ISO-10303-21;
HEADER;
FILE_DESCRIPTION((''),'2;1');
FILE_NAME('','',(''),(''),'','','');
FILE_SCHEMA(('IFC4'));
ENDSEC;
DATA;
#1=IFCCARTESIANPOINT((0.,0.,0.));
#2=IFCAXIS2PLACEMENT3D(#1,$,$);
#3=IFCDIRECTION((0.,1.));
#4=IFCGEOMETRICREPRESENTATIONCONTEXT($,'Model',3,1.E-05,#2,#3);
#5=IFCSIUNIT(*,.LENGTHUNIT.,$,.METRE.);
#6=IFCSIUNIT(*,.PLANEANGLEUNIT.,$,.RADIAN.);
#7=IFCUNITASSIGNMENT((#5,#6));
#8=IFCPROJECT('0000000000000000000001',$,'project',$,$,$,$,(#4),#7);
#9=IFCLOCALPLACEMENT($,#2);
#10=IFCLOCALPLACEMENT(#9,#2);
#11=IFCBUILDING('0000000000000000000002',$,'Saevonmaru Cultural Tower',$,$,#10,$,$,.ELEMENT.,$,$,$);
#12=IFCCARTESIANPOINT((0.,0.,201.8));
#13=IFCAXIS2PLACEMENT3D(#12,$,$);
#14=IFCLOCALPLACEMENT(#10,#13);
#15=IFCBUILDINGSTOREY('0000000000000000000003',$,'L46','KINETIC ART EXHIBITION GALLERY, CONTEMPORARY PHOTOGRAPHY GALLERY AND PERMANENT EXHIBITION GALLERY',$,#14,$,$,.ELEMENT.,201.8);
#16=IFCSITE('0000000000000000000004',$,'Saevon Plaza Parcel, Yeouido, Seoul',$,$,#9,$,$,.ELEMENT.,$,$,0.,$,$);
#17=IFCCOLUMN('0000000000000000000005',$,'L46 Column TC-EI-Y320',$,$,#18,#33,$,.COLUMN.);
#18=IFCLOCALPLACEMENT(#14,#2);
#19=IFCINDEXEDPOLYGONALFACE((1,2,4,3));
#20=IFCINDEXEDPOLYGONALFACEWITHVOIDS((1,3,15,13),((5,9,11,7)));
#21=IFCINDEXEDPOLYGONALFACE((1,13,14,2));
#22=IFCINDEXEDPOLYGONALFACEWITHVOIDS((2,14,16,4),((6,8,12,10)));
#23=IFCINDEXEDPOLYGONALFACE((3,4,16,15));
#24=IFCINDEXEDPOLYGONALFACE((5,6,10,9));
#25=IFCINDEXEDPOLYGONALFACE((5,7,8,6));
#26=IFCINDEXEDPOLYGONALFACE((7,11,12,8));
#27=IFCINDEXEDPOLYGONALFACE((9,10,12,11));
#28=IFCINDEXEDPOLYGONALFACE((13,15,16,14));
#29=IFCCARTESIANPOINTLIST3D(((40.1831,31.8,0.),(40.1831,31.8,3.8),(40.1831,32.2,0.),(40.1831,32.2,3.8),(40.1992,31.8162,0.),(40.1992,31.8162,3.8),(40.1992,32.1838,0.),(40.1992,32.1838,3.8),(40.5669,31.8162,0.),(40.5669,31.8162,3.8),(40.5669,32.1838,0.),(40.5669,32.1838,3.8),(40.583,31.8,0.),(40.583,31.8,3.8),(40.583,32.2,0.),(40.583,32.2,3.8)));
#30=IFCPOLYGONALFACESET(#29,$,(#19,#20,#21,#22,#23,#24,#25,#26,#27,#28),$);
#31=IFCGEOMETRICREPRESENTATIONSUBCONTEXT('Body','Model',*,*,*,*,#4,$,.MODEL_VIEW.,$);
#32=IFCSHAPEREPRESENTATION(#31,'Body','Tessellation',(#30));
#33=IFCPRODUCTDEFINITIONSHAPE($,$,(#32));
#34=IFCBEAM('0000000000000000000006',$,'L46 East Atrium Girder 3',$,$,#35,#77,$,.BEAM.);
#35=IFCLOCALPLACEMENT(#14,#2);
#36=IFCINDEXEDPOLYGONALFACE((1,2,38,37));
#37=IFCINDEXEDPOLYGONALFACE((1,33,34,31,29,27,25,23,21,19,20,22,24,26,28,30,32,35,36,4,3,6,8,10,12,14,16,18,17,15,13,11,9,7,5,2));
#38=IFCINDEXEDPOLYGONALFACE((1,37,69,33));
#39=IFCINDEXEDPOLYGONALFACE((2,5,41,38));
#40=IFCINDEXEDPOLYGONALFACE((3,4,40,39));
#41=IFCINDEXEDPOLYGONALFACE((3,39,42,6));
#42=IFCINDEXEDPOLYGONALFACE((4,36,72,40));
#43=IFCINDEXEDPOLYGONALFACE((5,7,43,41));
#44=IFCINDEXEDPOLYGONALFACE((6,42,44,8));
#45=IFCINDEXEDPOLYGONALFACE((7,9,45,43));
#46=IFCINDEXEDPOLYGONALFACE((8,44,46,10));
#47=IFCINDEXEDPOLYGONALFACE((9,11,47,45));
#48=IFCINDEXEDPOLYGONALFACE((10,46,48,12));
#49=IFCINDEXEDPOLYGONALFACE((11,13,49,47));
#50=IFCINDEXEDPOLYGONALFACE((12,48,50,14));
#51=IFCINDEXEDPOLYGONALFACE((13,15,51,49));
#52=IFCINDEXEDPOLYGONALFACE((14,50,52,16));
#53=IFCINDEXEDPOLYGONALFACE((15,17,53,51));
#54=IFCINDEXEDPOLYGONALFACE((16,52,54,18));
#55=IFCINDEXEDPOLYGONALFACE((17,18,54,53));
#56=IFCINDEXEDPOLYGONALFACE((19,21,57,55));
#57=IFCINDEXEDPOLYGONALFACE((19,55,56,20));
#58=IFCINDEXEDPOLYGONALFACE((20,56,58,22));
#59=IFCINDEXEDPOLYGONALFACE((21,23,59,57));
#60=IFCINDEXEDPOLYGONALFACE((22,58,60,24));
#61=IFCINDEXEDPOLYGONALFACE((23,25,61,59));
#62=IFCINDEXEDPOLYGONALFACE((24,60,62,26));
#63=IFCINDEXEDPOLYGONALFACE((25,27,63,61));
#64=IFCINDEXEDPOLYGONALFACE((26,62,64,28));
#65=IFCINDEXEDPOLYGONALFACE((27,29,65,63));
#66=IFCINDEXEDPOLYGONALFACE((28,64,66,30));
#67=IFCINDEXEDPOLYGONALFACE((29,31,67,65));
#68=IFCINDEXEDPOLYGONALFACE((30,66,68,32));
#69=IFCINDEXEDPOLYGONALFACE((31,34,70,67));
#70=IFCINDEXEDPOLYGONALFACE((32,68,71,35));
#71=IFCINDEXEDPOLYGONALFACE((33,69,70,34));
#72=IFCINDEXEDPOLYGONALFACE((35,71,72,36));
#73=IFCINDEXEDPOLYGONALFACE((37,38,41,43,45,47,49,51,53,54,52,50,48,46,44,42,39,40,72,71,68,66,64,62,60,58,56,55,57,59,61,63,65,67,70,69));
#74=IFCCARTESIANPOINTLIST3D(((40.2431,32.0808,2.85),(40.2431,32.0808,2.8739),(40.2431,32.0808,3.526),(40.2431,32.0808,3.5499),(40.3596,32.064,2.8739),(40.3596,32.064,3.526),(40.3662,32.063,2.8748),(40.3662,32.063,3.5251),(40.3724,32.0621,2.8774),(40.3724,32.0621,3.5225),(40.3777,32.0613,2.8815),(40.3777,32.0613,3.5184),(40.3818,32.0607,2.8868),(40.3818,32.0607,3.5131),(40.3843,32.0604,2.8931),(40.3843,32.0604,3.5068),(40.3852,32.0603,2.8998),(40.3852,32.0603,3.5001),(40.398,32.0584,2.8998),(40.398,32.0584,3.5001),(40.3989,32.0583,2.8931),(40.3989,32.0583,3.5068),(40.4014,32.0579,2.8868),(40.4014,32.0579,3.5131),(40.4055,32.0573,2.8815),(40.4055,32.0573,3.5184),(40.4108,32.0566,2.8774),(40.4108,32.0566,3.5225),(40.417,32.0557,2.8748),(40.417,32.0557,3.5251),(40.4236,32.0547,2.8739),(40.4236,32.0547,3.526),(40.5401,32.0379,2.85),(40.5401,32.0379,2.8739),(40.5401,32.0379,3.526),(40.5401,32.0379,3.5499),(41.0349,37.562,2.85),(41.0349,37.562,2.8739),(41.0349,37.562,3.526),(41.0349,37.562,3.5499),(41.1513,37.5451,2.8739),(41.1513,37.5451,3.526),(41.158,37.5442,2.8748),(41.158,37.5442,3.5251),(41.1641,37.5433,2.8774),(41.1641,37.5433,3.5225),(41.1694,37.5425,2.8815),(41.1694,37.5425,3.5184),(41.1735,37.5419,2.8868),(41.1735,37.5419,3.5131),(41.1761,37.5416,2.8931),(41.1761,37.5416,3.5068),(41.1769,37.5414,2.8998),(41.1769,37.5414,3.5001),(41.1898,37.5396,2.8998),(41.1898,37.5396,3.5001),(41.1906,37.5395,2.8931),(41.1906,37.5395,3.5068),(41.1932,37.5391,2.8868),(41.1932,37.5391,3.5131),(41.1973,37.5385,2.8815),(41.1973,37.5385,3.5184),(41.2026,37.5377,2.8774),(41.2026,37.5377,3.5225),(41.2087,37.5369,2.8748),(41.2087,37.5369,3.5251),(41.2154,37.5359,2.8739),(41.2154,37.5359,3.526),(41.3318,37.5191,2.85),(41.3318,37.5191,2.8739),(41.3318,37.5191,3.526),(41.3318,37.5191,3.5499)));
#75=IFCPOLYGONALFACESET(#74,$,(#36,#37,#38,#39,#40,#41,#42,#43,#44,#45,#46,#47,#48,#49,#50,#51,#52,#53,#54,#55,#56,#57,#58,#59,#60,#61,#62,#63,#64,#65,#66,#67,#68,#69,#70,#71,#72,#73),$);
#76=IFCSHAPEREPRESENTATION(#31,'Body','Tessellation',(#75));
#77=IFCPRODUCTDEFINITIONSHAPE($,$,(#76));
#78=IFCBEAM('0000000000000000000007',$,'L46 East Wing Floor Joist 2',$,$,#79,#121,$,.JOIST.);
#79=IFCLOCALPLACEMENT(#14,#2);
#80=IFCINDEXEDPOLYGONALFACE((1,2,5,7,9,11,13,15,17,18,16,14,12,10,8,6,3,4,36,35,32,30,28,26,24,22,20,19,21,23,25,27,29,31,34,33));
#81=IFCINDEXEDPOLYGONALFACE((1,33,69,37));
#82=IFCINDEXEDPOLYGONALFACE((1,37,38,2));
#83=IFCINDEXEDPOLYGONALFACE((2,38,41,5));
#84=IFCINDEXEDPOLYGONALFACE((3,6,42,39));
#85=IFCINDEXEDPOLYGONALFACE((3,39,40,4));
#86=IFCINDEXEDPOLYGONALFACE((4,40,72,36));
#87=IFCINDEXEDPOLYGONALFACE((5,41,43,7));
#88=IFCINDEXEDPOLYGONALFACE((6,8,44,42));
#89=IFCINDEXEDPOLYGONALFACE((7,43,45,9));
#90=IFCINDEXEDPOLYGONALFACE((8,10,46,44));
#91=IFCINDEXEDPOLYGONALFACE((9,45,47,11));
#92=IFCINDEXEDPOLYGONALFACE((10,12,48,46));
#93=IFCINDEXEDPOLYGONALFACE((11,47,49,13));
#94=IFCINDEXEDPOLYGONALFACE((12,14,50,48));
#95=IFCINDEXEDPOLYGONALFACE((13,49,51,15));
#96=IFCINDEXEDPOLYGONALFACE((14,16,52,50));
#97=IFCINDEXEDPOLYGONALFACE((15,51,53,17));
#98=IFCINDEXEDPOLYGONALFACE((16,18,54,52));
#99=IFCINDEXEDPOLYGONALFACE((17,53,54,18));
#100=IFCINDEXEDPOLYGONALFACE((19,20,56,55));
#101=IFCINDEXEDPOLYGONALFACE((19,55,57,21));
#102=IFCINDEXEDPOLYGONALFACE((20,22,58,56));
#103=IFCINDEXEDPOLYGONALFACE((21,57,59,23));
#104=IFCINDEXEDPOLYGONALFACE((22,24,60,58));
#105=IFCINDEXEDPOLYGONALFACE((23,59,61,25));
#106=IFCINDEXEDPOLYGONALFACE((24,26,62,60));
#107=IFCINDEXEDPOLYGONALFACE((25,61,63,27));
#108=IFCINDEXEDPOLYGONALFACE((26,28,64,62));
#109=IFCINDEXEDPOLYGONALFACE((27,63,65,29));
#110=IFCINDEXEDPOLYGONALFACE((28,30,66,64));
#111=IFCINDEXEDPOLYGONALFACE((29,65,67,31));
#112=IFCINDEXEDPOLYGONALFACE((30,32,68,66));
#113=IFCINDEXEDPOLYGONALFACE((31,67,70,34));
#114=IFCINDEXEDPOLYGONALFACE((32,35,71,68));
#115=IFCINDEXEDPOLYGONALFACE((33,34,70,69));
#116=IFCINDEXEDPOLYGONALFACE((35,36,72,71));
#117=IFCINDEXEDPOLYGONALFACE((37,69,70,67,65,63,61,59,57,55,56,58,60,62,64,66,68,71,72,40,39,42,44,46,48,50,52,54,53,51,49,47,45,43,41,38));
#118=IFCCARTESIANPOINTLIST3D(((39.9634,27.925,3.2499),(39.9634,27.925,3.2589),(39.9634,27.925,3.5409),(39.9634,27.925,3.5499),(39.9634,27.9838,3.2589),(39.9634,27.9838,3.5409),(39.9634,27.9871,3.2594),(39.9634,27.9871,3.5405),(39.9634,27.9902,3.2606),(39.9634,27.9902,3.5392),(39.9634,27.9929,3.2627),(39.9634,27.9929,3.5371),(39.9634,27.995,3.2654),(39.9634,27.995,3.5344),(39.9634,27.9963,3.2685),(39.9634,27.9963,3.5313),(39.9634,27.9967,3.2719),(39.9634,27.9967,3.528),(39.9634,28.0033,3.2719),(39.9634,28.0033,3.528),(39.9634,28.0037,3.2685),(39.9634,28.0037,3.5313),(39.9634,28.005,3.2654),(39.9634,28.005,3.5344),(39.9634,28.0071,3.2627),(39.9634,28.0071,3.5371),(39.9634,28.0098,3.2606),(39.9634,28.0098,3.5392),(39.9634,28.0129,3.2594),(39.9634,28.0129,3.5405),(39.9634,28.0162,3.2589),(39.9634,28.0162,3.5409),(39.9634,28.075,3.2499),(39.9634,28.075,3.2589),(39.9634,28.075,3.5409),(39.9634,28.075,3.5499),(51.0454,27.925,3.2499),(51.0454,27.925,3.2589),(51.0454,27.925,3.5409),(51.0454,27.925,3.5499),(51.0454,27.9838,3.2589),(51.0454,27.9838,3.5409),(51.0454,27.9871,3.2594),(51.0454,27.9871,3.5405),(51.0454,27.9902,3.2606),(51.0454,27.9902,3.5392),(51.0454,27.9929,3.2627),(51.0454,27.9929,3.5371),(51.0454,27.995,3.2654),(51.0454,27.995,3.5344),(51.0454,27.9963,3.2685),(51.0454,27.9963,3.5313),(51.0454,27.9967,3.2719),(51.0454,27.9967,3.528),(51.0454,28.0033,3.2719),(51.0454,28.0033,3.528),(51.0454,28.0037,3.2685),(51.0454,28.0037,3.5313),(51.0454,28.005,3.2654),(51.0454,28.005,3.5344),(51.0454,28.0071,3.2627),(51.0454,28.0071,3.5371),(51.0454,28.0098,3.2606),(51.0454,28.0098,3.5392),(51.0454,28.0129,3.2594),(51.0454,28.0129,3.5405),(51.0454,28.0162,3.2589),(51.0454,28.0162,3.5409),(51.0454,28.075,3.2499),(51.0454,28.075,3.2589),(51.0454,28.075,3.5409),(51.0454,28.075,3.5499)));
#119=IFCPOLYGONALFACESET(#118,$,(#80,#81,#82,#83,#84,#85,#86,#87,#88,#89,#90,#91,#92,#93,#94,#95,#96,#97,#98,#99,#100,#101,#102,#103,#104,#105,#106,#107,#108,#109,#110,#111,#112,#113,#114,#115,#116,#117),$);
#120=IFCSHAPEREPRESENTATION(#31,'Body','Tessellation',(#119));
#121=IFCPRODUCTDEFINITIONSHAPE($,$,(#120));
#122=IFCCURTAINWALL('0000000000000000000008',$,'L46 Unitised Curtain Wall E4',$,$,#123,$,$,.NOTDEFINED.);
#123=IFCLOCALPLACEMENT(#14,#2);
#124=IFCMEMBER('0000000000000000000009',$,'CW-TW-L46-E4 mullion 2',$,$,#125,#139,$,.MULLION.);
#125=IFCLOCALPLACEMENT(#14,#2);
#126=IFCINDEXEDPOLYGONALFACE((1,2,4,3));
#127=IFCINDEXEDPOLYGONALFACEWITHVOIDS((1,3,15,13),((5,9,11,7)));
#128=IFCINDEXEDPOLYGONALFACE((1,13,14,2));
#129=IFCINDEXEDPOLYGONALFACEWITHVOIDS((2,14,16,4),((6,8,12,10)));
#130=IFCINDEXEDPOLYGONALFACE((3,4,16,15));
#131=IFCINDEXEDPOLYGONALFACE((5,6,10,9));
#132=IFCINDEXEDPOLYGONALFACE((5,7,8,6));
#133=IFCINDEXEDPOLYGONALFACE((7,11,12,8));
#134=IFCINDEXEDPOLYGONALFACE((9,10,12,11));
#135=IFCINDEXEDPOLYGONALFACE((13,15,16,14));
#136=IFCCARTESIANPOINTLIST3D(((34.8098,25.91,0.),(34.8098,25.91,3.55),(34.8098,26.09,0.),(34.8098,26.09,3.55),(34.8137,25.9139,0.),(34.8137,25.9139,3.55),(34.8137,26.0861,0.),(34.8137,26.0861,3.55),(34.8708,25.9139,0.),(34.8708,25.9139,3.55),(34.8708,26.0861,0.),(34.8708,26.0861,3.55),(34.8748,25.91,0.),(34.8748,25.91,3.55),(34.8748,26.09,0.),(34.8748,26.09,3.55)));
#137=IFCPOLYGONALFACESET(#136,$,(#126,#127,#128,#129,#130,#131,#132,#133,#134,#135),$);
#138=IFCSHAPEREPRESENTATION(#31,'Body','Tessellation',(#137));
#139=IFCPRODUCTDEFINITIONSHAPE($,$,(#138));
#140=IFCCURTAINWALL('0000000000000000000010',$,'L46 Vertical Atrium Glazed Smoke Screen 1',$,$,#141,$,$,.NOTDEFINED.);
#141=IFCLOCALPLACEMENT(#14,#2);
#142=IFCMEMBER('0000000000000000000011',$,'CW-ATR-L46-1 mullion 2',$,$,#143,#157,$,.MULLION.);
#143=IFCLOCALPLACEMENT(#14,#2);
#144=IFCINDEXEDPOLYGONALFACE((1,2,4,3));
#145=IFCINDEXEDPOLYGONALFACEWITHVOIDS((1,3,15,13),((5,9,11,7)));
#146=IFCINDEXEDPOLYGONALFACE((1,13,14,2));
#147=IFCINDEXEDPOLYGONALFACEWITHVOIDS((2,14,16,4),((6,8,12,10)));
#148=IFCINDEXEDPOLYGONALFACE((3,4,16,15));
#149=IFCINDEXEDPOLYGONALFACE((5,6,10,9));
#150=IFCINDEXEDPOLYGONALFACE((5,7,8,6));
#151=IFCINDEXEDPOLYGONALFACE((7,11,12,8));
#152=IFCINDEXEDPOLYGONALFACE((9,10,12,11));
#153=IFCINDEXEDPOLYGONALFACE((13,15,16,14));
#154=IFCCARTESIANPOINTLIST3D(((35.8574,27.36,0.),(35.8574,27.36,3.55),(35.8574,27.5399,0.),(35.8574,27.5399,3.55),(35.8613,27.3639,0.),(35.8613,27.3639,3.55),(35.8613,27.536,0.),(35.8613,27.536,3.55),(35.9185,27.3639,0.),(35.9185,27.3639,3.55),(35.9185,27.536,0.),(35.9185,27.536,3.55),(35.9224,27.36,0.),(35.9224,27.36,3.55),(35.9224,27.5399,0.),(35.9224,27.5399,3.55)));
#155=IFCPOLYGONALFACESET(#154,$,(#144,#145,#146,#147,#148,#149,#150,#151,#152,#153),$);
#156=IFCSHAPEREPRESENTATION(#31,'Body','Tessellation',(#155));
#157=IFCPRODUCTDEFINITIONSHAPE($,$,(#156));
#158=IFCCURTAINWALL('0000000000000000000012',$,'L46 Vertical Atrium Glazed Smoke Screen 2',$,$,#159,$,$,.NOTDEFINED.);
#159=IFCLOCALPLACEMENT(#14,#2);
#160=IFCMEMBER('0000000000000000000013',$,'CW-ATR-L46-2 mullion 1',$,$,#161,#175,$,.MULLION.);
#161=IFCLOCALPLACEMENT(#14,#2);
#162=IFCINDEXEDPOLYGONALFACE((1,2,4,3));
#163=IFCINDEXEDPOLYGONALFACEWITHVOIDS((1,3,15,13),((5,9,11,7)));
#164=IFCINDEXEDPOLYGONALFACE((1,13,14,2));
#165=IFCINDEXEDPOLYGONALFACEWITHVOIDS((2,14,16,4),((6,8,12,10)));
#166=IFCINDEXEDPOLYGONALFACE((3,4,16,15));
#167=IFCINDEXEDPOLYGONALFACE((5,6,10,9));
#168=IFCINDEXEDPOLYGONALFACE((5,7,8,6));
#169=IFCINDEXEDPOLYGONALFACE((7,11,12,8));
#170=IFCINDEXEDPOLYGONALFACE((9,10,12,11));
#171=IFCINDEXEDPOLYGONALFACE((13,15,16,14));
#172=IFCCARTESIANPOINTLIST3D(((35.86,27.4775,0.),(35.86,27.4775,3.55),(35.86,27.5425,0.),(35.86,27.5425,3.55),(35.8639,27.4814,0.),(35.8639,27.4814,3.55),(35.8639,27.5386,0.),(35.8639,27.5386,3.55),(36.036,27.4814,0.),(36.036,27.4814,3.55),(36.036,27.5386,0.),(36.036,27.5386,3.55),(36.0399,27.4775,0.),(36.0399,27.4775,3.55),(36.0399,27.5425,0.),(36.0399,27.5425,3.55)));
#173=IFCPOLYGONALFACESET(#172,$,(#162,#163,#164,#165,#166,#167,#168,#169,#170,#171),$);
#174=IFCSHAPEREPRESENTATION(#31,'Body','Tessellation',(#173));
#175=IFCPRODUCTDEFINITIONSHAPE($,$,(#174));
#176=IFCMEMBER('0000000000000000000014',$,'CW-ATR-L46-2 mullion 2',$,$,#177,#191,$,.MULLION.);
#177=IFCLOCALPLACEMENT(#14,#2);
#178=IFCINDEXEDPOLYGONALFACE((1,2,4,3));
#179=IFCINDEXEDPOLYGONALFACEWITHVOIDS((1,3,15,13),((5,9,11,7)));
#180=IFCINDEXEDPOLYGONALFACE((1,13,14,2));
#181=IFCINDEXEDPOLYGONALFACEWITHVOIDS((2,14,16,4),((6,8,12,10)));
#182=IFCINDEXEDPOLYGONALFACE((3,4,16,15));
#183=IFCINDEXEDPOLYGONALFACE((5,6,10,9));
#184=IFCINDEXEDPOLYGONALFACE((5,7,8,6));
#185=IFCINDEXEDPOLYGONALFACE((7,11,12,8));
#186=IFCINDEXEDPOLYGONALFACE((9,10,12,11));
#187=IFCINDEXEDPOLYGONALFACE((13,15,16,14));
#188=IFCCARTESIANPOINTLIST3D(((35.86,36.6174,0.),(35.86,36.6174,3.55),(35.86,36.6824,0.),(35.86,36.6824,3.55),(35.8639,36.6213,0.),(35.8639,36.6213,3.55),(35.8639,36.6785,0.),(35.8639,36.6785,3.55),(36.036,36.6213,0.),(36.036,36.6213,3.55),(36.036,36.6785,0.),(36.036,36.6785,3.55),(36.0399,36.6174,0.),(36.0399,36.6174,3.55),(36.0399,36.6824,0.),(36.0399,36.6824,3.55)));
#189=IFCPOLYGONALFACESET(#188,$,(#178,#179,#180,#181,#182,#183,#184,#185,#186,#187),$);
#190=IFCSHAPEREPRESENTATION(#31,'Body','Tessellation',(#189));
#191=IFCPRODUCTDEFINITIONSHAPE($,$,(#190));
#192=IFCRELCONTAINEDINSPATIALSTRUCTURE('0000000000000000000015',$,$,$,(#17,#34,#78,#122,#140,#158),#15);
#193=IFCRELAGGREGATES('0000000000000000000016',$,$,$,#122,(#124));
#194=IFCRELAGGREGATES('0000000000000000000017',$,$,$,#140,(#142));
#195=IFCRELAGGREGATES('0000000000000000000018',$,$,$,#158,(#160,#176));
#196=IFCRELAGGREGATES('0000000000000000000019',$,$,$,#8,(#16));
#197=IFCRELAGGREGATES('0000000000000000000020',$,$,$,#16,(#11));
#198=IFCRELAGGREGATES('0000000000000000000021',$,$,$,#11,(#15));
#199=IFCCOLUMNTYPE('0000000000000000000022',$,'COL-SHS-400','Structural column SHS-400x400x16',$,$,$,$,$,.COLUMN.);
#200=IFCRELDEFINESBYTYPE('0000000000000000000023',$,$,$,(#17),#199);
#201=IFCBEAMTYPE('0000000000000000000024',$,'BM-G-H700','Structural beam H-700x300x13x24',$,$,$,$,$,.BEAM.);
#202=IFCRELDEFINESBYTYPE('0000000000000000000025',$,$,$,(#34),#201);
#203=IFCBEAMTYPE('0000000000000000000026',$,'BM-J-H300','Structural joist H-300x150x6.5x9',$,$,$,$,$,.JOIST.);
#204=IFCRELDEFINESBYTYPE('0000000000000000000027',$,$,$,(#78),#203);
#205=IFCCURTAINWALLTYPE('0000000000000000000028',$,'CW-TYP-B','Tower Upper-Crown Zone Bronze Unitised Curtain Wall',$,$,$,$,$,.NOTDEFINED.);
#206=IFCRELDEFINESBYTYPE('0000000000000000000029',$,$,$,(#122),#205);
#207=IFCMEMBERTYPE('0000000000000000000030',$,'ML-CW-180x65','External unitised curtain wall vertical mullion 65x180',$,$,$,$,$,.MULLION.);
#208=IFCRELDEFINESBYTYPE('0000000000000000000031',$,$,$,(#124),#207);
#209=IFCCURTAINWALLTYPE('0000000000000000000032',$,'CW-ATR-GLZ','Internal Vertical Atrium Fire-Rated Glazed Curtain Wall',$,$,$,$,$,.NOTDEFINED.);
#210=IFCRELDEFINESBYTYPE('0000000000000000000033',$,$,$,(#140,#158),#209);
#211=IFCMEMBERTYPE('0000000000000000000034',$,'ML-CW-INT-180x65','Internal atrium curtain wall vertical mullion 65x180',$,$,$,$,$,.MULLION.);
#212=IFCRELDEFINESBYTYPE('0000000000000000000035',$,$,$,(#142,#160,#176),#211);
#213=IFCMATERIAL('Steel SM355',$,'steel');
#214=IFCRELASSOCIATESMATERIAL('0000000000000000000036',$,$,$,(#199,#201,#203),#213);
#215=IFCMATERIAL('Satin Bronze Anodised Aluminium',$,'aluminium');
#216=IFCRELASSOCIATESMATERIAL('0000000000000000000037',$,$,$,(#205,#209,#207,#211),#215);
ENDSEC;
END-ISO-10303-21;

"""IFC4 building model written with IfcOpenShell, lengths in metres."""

from ifc_helpers import new_model, si_unit, direction, frame, origin, origin_2d, place, context, subcontext, project, spatial, hollow_rectangle, i_section, extrude, material, material_profile, profile_set, type_object, element, aggregate, save


model = new_model("IFC4")

# Units and contexts
model_context = context("Model", 3, precision=1e-05, world=origin(), true_north=direction((0.0, 1.0)))
body_context = subcontext(model_context, "Body", "Model", "MODEL_VIEW")
ifc_project = project(units=[si_unit("LENGTHUNIT", "METRE"), si_unit("PLANEANGLEUNIT", "RADIAN")], contexts=[model_context])

# Site, building, storey
site_placement = place(None, origin())
site = spatial("IfcSite", under=ifc_project, at=site_placement, Name="Saevon Plaza Parcel, Yeouido, Seoul", CompositionType="ELEMENT", RefElevation=0.0)
building_placement = place(site_placement, origin())
building = spatial("IfcBuilding", under=site, at=building_placement, Name="Saevonmaru Cultural Tower", CompositionType="ELEMENT")
storey_placement = place(building_placement, frame((0.0, 0.0, 201.8)))
storey = spatial("IfcBuildingStorey", under=building, at=storey_placement, Name="L46", Description="KINETIC ART EXHIBITION GALLERY, CONTEMPORARY PHOTOGRAPHY GALLERY AND PERMANENT EXHIBITION GALLERY", CompositionType="ELEMENT", Elevation=201.8)

# Column
ifc_material_1 = material(Name="Steel SM355", Category="steel")
ifc_material_profile_1 = material_profile(ifc_material_1, hollow_rectangle(XDim=0.3999, YDim=0.3999, WallThickness=0.0161, at=origin_2d()), Name="SHS-400x400x16")
ifc_profile_set_1 = profile_set([ifc_material_profile_1], Name="Steel SM355")
column_type = type_object("IfcColumnType", Name="COL-SHS-400", Description="Structural column SHS-400x400x16", PredefinedType="COLUMN", material=ifc_profile_set_1)
column_placement = place(storey_placement, frame((40.3831, 32.0, 0.0), z_axis=(0.0, 0.0, 1.0), x_axis=(1.0, 0.0, 0.0)))
element("IfcColumn", 1, at=column_placement, inside=storey, type_object=column_type, Name="L46 Column TC-EI-Y320", PredefinedType="COLUMN", context=body_context, shape_type="SweptSolid", body=[
    extrude(hollow_rectangle(XDim=0.3999, YDim=0.3999, WallThickness=0.0161, at=origin_2d()), origin(), (0.0, 0.0, 1.0), 3.8),
])

# Beams
ifc_material_profile_2 = material_profile(ifc_material_1, i_section(OverallWidth=0.3, OverallDepth=0.7, WebThickness=0.0129, FlangeThickness=0.0239, FilletRadius=0.0259, at=origin_2d()), Name="H-700x300x13x24")
ifc_profile_set_2 = profile_set([ifc_material_profile_2], Name="Steel SM355")
beam_type_1 = type_object("IfcBeamType", Name="BM-G-H700", Description="Structural beam H-700x300x13x24", PredefinedType="BEAM", material=ifc_profile_set_2)
beam_1_placement = place(storey_placement, frame((40.3916, 32.0593, 3.2), z_axis=(0.142964, 0.989728, 0.0), x_axis=(-0.989728, 0.142964, 0.0)))
element("IfcBeam", 2, at=beam_1_placement, inside=storey, type_object=beam_type_1, Name="L46 East Atrium Girder 3", PredefinedType="BEAM", context=body_context, shape_type="SweptSolid", body=[
    extrude(i_section(OverallWidth=0.3, OverallDepth=0.7, WebThickness=0.0129, FlangeThickness=0.0239, FilletRadius=0.0259, at=origin_2d()), origin(), (0.0, 0.0, 1.0), 5.5381),
])
ifc_material_profile_3 = material_profile(ifc_material_1, i_section(OverallWidth=0.1499, OverallDepth=0.3, WebThickness=0.0066, FlangeThickness=0.009, FilletRadius=0.0129, at=origin_2d()), Name="H-300x150x6.5x9")
ifc_profile_set_3 = profile_set([ifc_material_profile_3], Name="Steel SM355")
beam_type_2 = type_object("IfcBeamType", Name="BM-J-H300", Description="Structural joist H-300x150x6.5x9", PredefinedType="JOIST", material=ifc_profile_set_3)
beam_2_placement = place(storey_placement, frame((39.9634, 28.0, 3.3999), z_axis=(1.0, 0.0, 0.0), x_axis=(0.0, 1.0, 0.0)))
element("IfcBeam", 3, at=beam_2_placement, inside=storey, type_object=beam_type_2, Name="L46 East Wing Floor Joist 2", PredefinedType="JOIST", context=body_context, shape_type="SweptSolid", body=[
    extrude(i_section(OverallWidth=0.1499, OverallDepth=0.3, WebThickness=0.0066, FlangeThickness=0.009, FilletRadius=0.0129, at=origin_2d()), origin(), (0.0, 0.0, 1.0), 11.082),
])

# Curtain walls, members
ifc_material_2 = material(Name="Satin Bronze Anodised Aluminium", Category="aluminium")
curtain_wall_type_1 = type_object("IfcCurtainWallType", Name="CW-TYP-B", Description="Tower Upper-Crown Zone Bronze Unitised Curtain Wall", PredefinedType="NOTDEFINED", material=ifc_material_2)
curtain_wall_1_placement = place(storey_placement, origin())
curtain_wall_1 = element("IfcCurtainWall", 4, at=curtain_wall_1_placement, inside=storey, type_object=curtain_wall_type_1, Name="L46 Unitised Curtain Wall E4", PredefinedType="NOTDEFINED")
ifc_material_profile_4 = material_profile(ifc_material_2, hollow_rectangle(XDim=0.0649, YDim=0.1799, WallThickness=0.0039, at=origin_2d()), Name="ALU-MULL-180x65x4")
ifc_profile_set_4 = profile_set([ifc_material_profile_4], Name="Satin Bronze Anodised Aluminium")
member_type_1 = type_object("IfcMemberType", Name="ML-CW-180x65", Description="External unitised curtain wall vertical mullion 65x180", PredefinedType="MULLION", material=ifc_profile_set_4)
member_1_placement = place(storey_placement, frame((34.8423, 26.0, 0.0), z_axis=(0.0, 0.0, 1.0), x_axis=(1.0, 0.0, 0.0)))
member_1 = element("IfcMember", 5, at=member_1_placement, type_object=member_type_1, Name="CW-TW-L46-E4 mullion 2", PredefinedType="MULLION", context=body_context, shape_type="SweptSolid", body=[
    extrude(hollow_rectangle(XDim=0.0649, YDim=0.1799, WallThickness=0.0039, at=origin_2d()), origin(), (0.0, 0.0, 1.0), 3.55),
])
aggregate(curtain_wall_1, [member_1])
curtain_wall_type_2 = type_object("IfcCurtainWallType", Name="CW-ATR-GLZ", Description="Internal Vertical Atrium Fire-Rated Glazed Curtain Wall", PredefinedType="NOTDEFINED", material=ifc_material_2)
curtain_wall_2_placement = place(storey_placement, origin())
curtain_wall_2 = element("IfcCurtainWall", 6, at=curtain_wall_2_placement, inside=storey, type_object=curtain_wall_type_2, Name="L46 Vertical Atrium Glazed Smoke Screen 1", PredefinedType="NOTDEFINED")
ifc_material_profile_5 = material_profile(ifc_material_2, hollow_rectangle(XDim=0.0649, YDim=0.1799, WallThickness=0.0039, at=origin_2d()), Name="ALU-MULL-180x65x4")
ifc_profile_set_5 = profile_set([ifc_material_profile_5], Name="Satin Bronze Anodised Aluminium")
member_type_2 = type_object("IfcMemberType", Name="ML-CW-INT-180x65", Description="Internal atrium curtain wall vertical mullion 65x180", PredefinedType="MULLION", material=ifc_profile_set_5)
member_2_placement = place(storey_placement, frame((35.8899, 27.45, 0.0), z_axis=(0.0, 0.0, 1.0), x_axis=(1.0, 0.0, 0.0)))
member_2 = element("IfcMember", 7, at=member_2_placement, type_object=member_type_2, Name="CW-ATR-L46-1 mullion 2", PredefinedType="MULLION", context=body_context, shape_type="SweptSolid", body=[
    extrude(hollow_rectangle(XDim=0.0649, YDim=0.1799, WallThickness=0.0039, at=origin_2d()), origin(), (0.0, 0.0, 1.0), 3.55),
])

# Curtain wall, members
curtain_wall_3_placement = place(storey_placement, origin())
curtain_wall_3 = element("IfcCurtainWall", 8, at=curtain_wall_3_placement, inside=storey, type_object=curtain_wall_type_2, Name="L46 Vertical Atrium Glazed Smoke Screen 2", PredefinedType="NOTDEFINED")
member_3_placement = place(storey_placement, frame((35.95, 27.51, 0.0), z_axis=(0.0, 0.0, 1.0), x_axis=(0.0, 1.0, 0.0)))
member_3 = element("IfcMember", 9, at=member_3_placement, type_object=member_type_2, Name="CW-ATR-L46-2 mullion 1", PredefinedType="MULLION", context=body_context, shape_type="SweptSolid", body=[
    extrude(hollow_rectangle(XDim=0.0649, YDim=0.1799, WallThickness=0.0039, at=origin_2d()), origin(), (0.0, 0.0, 1.0), 3.55),
])
member_4_placement = place(storey_placement, frame((35.95, 36.6499, 0.0), z_axis=(0.0, 0.0, 1.0), x_axis=(0.0, 1.0, 0.0)))
member_4 = element("IfcMember", 10, at=member_4_placement, type_object=member_type_2, Name="CW-ATR-L46-2 mullion 2", PredefinedType="MULLION", context=body_context, shape_type="SweptSolid", body=[
    extrude(hollow_rectangle(XDim=0.0649, YDim=0.1799, WallThickness=0.0039, at=origin_2d()), origin(), (0.0, 0.0, 1.0), 3.55),
])

aggregate(curtain_wall_2, [member_2])
aggregate(curtain_wall_3, [member_3, member_4])

save(model, "model.ifc")
